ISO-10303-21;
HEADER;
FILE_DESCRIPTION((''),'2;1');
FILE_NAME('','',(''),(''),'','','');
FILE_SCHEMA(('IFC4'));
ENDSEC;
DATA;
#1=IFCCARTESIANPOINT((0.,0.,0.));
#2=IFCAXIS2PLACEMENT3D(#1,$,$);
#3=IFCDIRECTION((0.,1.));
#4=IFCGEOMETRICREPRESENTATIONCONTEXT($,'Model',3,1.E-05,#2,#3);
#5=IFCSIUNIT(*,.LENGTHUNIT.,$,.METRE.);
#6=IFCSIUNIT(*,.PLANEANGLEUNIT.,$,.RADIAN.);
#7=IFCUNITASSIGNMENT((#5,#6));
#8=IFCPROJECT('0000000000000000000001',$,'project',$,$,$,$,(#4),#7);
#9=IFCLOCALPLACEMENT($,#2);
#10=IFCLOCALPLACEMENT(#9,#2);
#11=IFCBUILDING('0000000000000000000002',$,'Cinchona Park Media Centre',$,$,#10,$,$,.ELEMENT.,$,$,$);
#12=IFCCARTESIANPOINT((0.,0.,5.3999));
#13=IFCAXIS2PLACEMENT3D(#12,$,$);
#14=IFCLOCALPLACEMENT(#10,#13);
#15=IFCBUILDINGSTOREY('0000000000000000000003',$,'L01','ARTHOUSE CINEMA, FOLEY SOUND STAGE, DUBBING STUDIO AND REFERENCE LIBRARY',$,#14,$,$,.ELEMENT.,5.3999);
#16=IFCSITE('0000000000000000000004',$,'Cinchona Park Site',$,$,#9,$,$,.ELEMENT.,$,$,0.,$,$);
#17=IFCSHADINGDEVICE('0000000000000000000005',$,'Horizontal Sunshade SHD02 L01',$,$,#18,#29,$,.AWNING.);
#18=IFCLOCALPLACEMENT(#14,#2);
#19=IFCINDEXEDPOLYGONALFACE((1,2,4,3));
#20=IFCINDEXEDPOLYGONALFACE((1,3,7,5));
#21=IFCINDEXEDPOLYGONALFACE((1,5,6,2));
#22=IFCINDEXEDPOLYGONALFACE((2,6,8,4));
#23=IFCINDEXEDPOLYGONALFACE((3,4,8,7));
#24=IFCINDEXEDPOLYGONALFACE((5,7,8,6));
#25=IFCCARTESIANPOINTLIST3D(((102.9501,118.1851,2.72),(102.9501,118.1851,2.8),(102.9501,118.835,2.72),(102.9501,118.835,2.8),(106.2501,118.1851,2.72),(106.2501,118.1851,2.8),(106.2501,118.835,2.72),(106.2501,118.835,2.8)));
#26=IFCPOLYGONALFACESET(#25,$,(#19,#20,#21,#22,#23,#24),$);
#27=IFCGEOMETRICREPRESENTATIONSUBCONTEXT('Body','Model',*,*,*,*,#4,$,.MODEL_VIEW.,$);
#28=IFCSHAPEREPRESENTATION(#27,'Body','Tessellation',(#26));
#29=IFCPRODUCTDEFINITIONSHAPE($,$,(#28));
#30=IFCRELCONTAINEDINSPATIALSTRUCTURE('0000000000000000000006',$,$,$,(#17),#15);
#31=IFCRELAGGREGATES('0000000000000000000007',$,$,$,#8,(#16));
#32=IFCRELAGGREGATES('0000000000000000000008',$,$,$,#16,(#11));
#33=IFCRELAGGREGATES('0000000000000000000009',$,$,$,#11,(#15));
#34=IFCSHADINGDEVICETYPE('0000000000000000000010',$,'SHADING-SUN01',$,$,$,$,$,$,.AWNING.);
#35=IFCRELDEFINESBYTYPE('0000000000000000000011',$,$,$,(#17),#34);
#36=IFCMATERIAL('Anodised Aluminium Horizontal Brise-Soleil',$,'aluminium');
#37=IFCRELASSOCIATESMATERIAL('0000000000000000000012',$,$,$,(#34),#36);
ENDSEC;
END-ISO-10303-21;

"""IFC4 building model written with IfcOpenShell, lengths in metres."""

from ifc_helpers import new_model, si_unit, direction, frame, origin, origin_2d, place, context, subcontext, project, spatial, rectangle, extrude, material, type_object, element, save


model = new_model("IFC4")

# Units and contexts
model_context = context("Model", 3, precision=1e-05, world=origin(), true_north=direction((0.0, 1.0)))
body_context = subcontext(model_context, "Body", "Model", "MODEL_VIEW")
ifc_project = project(units=[si_unit("LENGTHUNIT", "METRE"), si_unit("PLANEANGLEUNIT", "RADIAN")], contexts=[model_context])

# Site, building, storey
site_placement = place(None, origin())
site = spatial("IfcSite", under=ifc_project, at=site_placement, Name="Cinchona Park Site", CompositionType="ELEMENT", RefElevation=0.0)
building_placement = place(site_placement, origin())
building = spatial("IfcBuilding", under=site, at=building_placement, Name="Cinchona Park Media Centre", CompositionType="ELEMENT")
storey_placement = place(building_placement, frame((0.0, 0.0, 5.3999)))
storey = spatial("IfcBuildingStorey", under=building, at=storey_placement, Name="L01", Description="ARTHOUSE CINEMA, FOLEY SOUND STAGE, DUBBING STUDIO AND REFERENCE LIBRARY", CompositionType="ELEMENT", Elevation=5.3999)

# Shading device
ifc_material_1 = material(Name="Anodised Aluminium Horizontal Brise-Soleil", Category="aluminium")
shading_device_type = type_object("IfcShadingDeviceType", Name="SHADING-SUN01", PredefinedType="AWNING", material=ifc_material_1)
shading_device_1_placement = place(storey_placement, frame((104.6001, 118.51, 2.72), z_axis=(0.0, 0.0, 1.0), x_axis=(1.0, 0.0, 0.0)))
element("IfcShadingDevice", 1, at=shading_device_1_placement, inside=storey, type_object=shading_device_type, Name="Horizontal Sunshade SHD02 L01", PredefinedType="AWNING", context=body_context, shape_type="SweptSolid", body=[
    extrude(rectangle(XDim=3.3, YDim=0.6499, at=origin_2d()), origin(), (0.0, 0.0, 1.0), 0.0801),
])

save(model, "model.ifc")
